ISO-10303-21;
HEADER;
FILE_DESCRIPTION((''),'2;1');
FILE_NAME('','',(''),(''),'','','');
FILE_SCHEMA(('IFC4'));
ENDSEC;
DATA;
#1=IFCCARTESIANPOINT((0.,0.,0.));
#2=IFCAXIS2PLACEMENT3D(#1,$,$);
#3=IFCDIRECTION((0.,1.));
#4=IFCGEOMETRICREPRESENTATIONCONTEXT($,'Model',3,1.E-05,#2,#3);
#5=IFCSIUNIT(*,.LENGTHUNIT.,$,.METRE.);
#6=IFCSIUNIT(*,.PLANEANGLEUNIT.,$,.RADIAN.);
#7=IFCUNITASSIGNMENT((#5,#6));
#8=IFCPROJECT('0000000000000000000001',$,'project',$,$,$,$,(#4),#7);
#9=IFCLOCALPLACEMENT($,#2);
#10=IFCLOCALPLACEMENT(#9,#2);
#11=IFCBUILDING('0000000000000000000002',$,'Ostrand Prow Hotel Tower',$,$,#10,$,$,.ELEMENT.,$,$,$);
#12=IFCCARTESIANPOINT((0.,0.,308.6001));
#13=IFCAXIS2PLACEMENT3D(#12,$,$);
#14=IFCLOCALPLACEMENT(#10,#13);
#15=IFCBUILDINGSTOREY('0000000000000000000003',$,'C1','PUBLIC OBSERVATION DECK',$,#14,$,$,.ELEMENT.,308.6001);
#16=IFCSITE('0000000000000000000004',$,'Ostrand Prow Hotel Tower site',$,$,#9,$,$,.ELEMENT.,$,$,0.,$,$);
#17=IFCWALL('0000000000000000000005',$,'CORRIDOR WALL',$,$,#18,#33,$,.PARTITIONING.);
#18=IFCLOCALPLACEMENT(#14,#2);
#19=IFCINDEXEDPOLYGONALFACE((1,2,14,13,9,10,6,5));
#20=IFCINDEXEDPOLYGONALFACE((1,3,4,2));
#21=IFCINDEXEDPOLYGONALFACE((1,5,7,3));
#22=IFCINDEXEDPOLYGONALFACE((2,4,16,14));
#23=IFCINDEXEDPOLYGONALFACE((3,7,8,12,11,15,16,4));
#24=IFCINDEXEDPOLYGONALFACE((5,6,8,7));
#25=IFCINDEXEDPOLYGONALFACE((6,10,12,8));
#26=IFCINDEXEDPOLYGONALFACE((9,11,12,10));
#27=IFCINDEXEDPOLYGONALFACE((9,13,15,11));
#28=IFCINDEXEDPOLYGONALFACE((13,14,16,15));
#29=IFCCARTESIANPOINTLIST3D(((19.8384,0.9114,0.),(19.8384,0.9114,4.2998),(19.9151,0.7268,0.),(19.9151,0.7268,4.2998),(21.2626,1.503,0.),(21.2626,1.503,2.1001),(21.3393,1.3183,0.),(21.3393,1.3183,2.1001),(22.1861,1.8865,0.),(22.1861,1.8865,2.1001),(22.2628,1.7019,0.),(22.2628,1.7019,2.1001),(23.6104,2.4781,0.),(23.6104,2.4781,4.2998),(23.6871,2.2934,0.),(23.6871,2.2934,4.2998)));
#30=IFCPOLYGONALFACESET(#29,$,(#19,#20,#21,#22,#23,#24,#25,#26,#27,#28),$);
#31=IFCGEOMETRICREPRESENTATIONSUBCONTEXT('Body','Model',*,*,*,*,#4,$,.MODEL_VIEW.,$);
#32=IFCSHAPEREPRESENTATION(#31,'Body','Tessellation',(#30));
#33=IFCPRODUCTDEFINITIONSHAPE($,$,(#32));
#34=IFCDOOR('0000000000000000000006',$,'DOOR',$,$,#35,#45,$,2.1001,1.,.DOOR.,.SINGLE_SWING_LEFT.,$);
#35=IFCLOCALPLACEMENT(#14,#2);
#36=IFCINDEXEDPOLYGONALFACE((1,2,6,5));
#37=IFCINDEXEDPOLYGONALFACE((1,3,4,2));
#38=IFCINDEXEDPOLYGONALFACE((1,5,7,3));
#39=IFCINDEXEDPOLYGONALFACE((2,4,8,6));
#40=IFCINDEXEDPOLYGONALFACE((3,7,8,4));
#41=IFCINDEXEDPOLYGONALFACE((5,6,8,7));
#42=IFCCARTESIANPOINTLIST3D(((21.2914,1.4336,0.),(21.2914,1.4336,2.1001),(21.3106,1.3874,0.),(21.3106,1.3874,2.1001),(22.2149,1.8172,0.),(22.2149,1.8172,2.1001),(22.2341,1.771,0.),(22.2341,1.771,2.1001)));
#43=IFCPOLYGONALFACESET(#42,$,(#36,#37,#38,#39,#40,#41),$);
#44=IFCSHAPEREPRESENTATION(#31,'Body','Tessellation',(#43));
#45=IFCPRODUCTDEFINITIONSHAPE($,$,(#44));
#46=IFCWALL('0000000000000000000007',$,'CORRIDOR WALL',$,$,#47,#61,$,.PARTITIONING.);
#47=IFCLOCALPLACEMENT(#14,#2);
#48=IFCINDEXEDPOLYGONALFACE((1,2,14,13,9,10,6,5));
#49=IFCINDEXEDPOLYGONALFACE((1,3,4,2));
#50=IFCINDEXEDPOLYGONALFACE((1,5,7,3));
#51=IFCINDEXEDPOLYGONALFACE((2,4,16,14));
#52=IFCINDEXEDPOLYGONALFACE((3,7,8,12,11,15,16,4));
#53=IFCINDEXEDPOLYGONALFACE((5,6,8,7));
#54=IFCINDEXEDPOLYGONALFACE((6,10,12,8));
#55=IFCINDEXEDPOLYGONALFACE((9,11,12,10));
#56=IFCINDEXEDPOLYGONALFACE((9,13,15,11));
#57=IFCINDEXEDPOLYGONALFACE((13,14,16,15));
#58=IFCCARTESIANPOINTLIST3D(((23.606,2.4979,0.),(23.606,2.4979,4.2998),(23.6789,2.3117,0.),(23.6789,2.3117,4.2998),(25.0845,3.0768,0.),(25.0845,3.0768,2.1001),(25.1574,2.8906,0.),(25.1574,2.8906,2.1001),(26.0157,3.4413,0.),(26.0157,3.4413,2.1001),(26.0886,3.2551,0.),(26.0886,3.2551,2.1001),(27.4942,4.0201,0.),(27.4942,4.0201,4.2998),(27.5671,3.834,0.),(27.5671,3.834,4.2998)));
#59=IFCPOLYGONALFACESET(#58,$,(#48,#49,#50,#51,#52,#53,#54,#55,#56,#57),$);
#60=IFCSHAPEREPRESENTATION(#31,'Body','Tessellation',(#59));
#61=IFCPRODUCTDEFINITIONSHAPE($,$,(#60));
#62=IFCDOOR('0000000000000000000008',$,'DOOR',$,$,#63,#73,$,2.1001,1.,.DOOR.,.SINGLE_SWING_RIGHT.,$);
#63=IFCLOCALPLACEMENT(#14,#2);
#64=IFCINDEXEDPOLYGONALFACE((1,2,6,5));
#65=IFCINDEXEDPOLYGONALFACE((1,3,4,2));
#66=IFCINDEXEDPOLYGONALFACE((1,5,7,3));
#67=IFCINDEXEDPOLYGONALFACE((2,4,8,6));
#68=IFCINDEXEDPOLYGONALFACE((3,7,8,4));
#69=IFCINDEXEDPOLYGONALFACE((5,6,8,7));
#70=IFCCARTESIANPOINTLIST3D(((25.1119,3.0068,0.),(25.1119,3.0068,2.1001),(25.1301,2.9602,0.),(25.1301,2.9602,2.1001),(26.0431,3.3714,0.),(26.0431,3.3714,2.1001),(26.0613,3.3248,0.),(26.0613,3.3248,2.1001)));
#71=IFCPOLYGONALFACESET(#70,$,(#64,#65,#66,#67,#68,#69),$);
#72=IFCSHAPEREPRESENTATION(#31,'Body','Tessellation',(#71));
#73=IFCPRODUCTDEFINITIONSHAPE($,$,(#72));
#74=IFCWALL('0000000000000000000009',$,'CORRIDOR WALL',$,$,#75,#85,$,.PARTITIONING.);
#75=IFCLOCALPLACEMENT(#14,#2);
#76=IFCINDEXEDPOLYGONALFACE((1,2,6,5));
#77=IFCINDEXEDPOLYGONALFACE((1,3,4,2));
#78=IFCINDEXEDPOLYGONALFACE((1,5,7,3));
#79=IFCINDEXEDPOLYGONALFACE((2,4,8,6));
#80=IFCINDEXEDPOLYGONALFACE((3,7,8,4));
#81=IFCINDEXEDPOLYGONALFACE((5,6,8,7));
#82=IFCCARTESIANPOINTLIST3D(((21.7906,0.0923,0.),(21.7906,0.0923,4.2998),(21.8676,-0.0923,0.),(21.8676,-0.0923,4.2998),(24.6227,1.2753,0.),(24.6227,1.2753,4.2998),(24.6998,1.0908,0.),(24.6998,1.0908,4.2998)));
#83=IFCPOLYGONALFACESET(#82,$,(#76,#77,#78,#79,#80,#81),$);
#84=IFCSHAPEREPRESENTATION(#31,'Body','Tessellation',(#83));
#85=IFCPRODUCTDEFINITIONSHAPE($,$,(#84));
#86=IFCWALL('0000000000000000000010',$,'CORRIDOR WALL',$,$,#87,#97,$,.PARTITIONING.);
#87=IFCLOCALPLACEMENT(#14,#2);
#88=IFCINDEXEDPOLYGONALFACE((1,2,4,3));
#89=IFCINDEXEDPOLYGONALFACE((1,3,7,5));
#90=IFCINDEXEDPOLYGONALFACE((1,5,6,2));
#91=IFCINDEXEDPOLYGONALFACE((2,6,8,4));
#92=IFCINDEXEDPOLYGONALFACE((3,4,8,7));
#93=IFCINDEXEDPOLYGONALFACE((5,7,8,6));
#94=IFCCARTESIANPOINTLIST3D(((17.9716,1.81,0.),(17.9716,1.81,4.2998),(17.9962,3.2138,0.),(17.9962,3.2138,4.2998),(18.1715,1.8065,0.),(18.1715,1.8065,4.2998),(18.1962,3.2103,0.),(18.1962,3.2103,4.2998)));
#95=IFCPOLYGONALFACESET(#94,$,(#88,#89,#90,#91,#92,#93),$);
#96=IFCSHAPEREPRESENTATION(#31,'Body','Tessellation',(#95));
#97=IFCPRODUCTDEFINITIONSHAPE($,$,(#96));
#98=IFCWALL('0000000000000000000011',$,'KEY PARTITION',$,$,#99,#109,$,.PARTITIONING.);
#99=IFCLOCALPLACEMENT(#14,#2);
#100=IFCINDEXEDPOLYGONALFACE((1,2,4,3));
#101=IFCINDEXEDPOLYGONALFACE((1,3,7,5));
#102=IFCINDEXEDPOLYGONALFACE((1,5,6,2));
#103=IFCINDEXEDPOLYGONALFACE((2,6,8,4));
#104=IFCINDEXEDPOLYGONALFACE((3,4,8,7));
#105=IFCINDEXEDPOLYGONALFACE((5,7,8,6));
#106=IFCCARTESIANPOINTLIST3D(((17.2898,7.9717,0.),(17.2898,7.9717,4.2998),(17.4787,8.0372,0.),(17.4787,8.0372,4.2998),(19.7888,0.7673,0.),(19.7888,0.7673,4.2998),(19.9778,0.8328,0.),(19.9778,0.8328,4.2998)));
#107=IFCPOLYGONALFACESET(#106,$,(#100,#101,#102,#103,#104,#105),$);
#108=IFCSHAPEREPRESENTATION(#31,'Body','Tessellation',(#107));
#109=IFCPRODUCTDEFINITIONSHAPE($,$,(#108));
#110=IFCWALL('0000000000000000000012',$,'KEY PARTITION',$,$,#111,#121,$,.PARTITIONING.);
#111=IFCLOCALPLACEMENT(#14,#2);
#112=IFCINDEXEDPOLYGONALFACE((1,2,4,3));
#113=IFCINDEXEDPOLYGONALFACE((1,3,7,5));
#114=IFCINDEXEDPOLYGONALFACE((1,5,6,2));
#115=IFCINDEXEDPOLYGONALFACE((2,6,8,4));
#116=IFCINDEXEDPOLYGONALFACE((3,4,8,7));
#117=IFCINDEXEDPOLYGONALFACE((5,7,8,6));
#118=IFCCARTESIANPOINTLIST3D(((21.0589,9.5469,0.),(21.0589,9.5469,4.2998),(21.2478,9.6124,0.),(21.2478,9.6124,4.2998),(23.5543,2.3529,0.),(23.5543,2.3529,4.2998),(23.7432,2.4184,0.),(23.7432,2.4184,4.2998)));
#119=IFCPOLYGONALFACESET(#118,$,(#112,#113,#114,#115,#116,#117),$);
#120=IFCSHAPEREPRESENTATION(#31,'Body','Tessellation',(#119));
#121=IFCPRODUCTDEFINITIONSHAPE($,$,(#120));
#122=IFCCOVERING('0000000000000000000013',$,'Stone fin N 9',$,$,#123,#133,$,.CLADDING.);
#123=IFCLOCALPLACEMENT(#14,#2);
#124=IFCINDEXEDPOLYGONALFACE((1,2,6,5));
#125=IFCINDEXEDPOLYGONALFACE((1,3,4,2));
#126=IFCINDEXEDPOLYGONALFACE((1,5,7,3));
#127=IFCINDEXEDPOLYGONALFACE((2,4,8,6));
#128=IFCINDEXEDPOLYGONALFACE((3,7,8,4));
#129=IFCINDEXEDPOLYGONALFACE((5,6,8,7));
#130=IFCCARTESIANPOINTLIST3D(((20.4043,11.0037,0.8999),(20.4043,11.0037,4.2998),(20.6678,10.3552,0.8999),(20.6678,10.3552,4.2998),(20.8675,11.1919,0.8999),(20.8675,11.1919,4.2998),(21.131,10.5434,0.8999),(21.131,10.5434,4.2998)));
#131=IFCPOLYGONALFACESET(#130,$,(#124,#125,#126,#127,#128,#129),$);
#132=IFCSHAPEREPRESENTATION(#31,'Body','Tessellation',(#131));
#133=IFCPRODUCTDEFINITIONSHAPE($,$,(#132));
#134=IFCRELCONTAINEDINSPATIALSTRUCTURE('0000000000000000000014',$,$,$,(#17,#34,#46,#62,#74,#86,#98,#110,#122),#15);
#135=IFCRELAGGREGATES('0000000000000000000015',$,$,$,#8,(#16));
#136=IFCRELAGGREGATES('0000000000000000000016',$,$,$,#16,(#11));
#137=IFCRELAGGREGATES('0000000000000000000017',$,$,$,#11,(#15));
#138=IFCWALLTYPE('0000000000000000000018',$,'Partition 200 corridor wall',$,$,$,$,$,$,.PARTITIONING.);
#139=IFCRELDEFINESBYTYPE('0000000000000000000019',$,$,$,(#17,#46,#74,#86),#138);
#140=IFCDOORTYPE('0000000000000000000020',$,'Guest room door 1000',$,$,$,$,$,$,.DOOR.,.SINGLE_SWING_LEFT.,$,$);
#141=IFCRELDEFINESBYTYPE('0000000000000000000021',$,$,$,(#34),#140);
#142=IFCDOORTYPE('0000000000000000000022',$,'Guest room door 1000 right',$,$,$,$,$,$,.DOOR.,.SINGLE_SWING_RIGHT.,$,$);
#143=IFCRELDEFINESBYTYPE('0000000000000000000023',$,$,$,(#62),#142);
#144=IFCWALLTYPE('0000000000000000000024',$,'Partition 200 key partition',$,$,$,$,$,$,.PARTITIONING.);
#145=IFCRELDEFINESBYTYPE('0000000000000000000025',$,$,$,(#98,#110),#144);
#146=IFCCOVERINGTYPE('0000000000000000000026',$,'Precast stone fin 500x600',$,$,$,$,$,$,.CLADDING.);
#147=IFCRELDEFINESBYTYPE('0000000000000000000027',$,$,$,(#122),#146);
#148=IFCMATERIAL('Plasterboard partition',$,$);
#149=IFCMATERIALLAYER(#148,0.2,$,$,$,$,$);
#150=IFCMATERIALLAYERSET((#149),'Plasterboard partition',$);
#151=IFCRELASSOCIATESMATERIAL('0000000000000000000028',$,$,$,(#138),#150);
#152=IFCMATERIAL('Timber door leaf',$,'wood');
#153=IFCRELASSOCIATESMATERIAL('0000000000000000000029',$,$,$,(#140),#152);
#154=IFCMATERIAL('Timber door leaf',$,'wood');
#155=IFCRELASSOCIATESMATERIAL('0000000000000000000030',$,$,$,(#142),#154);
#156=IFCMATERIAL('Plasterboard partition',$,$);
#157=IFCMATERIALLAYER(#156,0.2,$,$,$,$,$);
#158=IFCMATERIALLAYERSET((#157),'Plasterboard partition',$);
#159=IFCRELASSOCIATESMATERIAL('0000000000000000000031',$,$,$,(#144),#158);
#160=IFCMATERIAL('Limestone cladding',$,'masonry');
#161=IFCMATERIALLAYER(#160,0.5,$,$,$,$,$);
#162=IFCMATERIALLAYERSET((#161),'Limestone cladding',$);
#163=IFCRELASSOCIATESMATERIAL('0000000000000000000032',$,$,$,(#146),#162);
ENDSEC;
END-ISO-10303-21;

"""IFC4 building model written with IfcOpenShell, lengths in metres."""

from ifc_helpers import new_model, si_unit, direction, frame, frame_2d, origin, place, context, subcontext, project, spatial, rectangle, extrude, material, layer, layer_set, type_object, element, fill, save


model = new_model("IFC4")

# Units and contexts
model_context = context("Model", 3, precision=1e-05, world=origin(), true_north=direction((0.0, 1.0)))
body_context = subcontext(model_context, "Body", "Model", "MODEL_VIEW")
ifc_project = project(units=[si_unit("LENGTHUNIT", "METRE"), si_unit("PLANEANGLEUNIT", "RADIAN")], contexts=[model_context])

# Site, building, storey
site_placement = place(None, origin())
site = spatial("IfcSite", under=ifc_project, at=site_placement, Name="Ostrand Prow Hotel Tower site", CompositionType="ELEMENT", RefElevation=0.0)
building_placement = place(site_placement, origin())
building = spatial("IfcBuilding", under=site, at=building_placement, Name="Ostrand Prow Hotel Tower", CompositionType="ELEMENT")
storey_placement = place(building_placement, frame((0.0, 0.0, 308.6001)))
storey = spatial("IfcBuildingStorey", under=building, at=storey_placement, Name="C1", Description="PUBLIC OBSERVATION DECK", CompositionType="ELEMENT", Elevation=308.6001)

# Walls, openings, doors
ifc_material_1 = material(Name="Plasterboard partition")
ifc_layer_1 = layer(ifc_material_1, 0.2)
ifc_layer_set_1 = layer_set([ifc_layer_1], Name="Plasterboard partition")
wall_type_1 = type_object("IfcWallType", Name="Partition 200 corridor wall", PredefinedType="PARTITIONING", material=ifc_layer_set_1)
wall_1_placement = place(storey_placement, frame((19.8767, 0.8191, 0.0), z_axis=(0.0, 0.0, 1.0), x_axis=(0.923511, 0.383571, 0.0)))
wall_1 = element("IfcWall", 1, at=wall_1_placement, inside=storey, type_object=wall_type_1, Name="CORRIDOR WALL", PredefinedType="PARTITIONING", context=body_context, shape_type="SweptSolid", body=[
    extrude(rectangle(XDim=4.0845, YDim=0.2, at=frame_2d((2.0422, 0.0))), origin(), (0.0, 0.0, 1.0), 4.2998),
])
opening_1_placement = place(wall_1_placement, frame((1.5422, 0.0, 0.0)))
opening_1 = element("IfcOpeningElement", 2, at=opening_1_placement, cuts=wall_1, PredefinedType="OPENING", context=body_context, shape_type="SweptSolid", body=[
    extrude(rectangle(XDim=1.0, YDim=2.1001, at=frame_2d((0.5, 1.05))), frame((0.0, 0.1099, 0.0), z_axis=(0.0, -1.0, 0.0), x_axis=(1.0, 0.0, 0.0)), (0.0, 0.0, 1.0), 0.22),
])
ifc_material_2 = material(Name="Timber door leaf", Category="wood")
door_type_1 = type_object("IfcDoorType", Name="Guest room door 1000", OperationType="SINGLE_SWING_LEFT", PredefinedType="DOOR", material=ifc_material_2)
door_1_placement = place(opening_1_placement, origin())
door_1 = element("IfcDoor", 3, at=door_1_placement, inside=storey, type_object=door_type_1, Name="DOOR", OperationType="SINGLE_SWING_LEFT", OverallHeight=2.1001, OverallWidth=1.0, PredefinedType="DOOR", context=body_context, shape_type="SweptSolid", body=[
    extrude(rectangle(XDim=1.0, YDim=2.1001, at=frame_2d((0.5, 1.05))), frame((0.0, 0.0249, 0.0), z_axis=(0.0, -1.0, 0.0), x_axis=(1.0, 0.0, 0.0)), (0.0, 0.0, 1.0), 0.05),
])
fill(opening_1, door_1)
wall_2_placement = place(storey_placement, frame((23.6423, 2.4048, 0.0), z_axis=(0.0, 0.0, 1.0), x_axis=(0.931182, 0.364556, 0.0)))
wall_2 = element("IfcWall", 4, at=wall_2_placement, inside=storey, type_object=wall_type_1, Name="CORRIDOR WALL", PredefinedType="PARTITIONING", context=body_context, shape_type="SweptSolid", body=[
    extrude(rectangle(XDim=4.1755, YDim=0.2, at=frame_2d((2.0879, 0.0))), origin(), (0.0, 0.0, 1.0), 4.2998),
])
opening_2_placement = place(wall_2_placement, frame((1.5879, 0.0, 0.0)))
opening_2 = element("IfcOpeningElement", 5, at=opening_2_placement, cuts=wall_2, PredefinedType="OPENING", context=body_context, shape_type="SweptSolid", body=[
    extrude(rectangle(XDim=1.0, YDim=2.1001, at=frame_2d((0.5, 1.05))), frame((0.0, 0.1099, 0.0), z_axis=(0.0, -1.0, 0.0), x_axis=(1.0, 0.0, 0.0)), (0.0, 0.0, 1.0), 0.22),
])
ifc_material_3 = material(Name="Timber door leaf", Category="wood")
door_type_2 = type_object("IfcDoorType", Name="Guest room door 1000 right", OperationType="SINGLE_SWING_RIGHT", PredefinedType="DOOR", material=ifc_material_3)
door_2_placement = place(opening_2_placement, origin())
door_2 = element("IfcDoor", 6, at=door_2_placement, inside=storey, type_object=door_type_2, Name="DOOR", OperationType="SINGLE_SWING_RIGHT", OverallHeight=2.1001, OverallWidth=1.0, PredefinedType="DOOR", context=body_context, shape_type="SweptSolid", body=[
    extrude(rectangle(XDim=1.0, YDim=2.1001, at=frame_2d((0.5, 1.05))), frame((0.0, 0.0249, 0.0), z_axis=(0.0, -1.0, 0.0), x_axis=(1.0, 0.0, 0.0)), (0.0, 0.0, 1.0), 0.05),
])
fill(opening_2, door_2)

# Walls
wall_3_placement = place(storey_placement, frame((21.8291, 0.0, 0.0), z_axis=(0.0, 0.0, 1.0), x_axis=(0.922731, 0.385445, 0.0)))
element("IfcWall", 7, at=wall_3_placement, inside=storey, type_object=wall_type_1, Name="CORRIDOR WALL", PredefinedType="PARTITIONING", context=body_context, shape_type="SweptSolid", body=[
    extrude(rectangle(XDim=3.0693, YDim=0.2, at=frame_2d((1.5347, 0.0))), origin(), (0.0, 0.0, 1.0), 4.2998),
])
wall_4_placement = place(storey_placement, frame((18.0715, 1.8081, 0.0), z_axis=(0.0, 0.0, 1.0), x_axis=(0.017563, 0.999846, 0.0)))
element("IfcWall", 8, at=wall_4_placement, inside=storey, type_object=wall_type_1, Name="CORRIDOR WALL", PredefinedType="PARTITIONING", context=body_context, shape_type="SweptSolid", body=[
    extrude(rectangle(XDim=1.4041, YDim=0.2, at=frame_2d((0.7021, 0.0))), origin(), (0.0, 0.0, 1.0), 4.2998),
])
ifc_material_4 = material(Name="Plasterboard partition")
ifc_layer_2 = layer(ifc_material_4, 0.2)
ifc_layer_set_2 = layer_set([ifc_layer_2], Name="Plasterboard partition")
wall_type_2 = type_object("IfcWallType", Name="Partition 200 key partition", PredefinedType="PARTITIONING", material=ifc_layer_set_2)
wall_5_placement = place(storey_placement, frame((19.8833, 0.8, 0.0), z_axis=(0.0, 0.0, 1.0), x_axis=(-0.327721, 0.944775, 0.0)))
element("IfcWall", 9, at=wall_5_placement, inside=storey, type_object=wall_type_2, Name="KEY PARTITION", PredefinedType="PARTITIONING", context=body_context, shape_type="SweptSolid", body=[
    extrude(rectangle(XDim=7.6255, YDim=0.2, at=frame_2d((3.8127, 0.0))), origin(), (0.0, 0.0, 1.0), 4.2998),
])
wall_6_placement = place(storey_placement, frame((23.6487, 2.3857, 0.0), z_axis=(0.0, 0.0, 1.0), x_axis=(-0.327708, 0.944779, 0.0)))
element("IfcWall", 10, at=wall_6_placement, inside=storey, type_object=wall_type_2, Name="KEY PARTITION", PredefinedType="PARTITIONING", context=body_context, shape_type="SweptSolid", body=[
    extrude(rectangle(XDim=7.6145, YDim=0.2, at=frame_2d((3.8071, 0.0))), origin(), (0.0, 0.0, 1.0), 4.2998),
])

# Covering
ifc_material_5 = material(Name="Limestone cladding", Category="masonry")
ifc_layer_3 = layer(ifc_material_5, 0.5)
ifc_layer_set_3 = layer_set([ifc_layer_3], Name="Limestone cladding")
covering_type = type_object("IfcCoveringType", Name="Precast stone fin 500x600", PredefinedType="CLADDING", material=ifc_layer_set_3)
covering_placement = place(storey_placement, frame((20.8994, 10.4492, 0.8999), z_axis=(0.0, 0.0, 1.0), x_axis=(-0.376377, 0.926467, 0.0)))
element("IfcCovering", 11, at=covering_placement, inside=storey, type_object=covering_type, Name="Stone fin N 9", PredefinedType="CLADDING", context=body_context, shape_type="SweptSolid", body=[
    extrude(rectangle(XDim=0.7, YDim=0.5, at=frame_2d((0.3501, 0.0))), origin(), (0.0, 0.0, 1.0), 3.3999),
])

save(model, "model.ifc")
